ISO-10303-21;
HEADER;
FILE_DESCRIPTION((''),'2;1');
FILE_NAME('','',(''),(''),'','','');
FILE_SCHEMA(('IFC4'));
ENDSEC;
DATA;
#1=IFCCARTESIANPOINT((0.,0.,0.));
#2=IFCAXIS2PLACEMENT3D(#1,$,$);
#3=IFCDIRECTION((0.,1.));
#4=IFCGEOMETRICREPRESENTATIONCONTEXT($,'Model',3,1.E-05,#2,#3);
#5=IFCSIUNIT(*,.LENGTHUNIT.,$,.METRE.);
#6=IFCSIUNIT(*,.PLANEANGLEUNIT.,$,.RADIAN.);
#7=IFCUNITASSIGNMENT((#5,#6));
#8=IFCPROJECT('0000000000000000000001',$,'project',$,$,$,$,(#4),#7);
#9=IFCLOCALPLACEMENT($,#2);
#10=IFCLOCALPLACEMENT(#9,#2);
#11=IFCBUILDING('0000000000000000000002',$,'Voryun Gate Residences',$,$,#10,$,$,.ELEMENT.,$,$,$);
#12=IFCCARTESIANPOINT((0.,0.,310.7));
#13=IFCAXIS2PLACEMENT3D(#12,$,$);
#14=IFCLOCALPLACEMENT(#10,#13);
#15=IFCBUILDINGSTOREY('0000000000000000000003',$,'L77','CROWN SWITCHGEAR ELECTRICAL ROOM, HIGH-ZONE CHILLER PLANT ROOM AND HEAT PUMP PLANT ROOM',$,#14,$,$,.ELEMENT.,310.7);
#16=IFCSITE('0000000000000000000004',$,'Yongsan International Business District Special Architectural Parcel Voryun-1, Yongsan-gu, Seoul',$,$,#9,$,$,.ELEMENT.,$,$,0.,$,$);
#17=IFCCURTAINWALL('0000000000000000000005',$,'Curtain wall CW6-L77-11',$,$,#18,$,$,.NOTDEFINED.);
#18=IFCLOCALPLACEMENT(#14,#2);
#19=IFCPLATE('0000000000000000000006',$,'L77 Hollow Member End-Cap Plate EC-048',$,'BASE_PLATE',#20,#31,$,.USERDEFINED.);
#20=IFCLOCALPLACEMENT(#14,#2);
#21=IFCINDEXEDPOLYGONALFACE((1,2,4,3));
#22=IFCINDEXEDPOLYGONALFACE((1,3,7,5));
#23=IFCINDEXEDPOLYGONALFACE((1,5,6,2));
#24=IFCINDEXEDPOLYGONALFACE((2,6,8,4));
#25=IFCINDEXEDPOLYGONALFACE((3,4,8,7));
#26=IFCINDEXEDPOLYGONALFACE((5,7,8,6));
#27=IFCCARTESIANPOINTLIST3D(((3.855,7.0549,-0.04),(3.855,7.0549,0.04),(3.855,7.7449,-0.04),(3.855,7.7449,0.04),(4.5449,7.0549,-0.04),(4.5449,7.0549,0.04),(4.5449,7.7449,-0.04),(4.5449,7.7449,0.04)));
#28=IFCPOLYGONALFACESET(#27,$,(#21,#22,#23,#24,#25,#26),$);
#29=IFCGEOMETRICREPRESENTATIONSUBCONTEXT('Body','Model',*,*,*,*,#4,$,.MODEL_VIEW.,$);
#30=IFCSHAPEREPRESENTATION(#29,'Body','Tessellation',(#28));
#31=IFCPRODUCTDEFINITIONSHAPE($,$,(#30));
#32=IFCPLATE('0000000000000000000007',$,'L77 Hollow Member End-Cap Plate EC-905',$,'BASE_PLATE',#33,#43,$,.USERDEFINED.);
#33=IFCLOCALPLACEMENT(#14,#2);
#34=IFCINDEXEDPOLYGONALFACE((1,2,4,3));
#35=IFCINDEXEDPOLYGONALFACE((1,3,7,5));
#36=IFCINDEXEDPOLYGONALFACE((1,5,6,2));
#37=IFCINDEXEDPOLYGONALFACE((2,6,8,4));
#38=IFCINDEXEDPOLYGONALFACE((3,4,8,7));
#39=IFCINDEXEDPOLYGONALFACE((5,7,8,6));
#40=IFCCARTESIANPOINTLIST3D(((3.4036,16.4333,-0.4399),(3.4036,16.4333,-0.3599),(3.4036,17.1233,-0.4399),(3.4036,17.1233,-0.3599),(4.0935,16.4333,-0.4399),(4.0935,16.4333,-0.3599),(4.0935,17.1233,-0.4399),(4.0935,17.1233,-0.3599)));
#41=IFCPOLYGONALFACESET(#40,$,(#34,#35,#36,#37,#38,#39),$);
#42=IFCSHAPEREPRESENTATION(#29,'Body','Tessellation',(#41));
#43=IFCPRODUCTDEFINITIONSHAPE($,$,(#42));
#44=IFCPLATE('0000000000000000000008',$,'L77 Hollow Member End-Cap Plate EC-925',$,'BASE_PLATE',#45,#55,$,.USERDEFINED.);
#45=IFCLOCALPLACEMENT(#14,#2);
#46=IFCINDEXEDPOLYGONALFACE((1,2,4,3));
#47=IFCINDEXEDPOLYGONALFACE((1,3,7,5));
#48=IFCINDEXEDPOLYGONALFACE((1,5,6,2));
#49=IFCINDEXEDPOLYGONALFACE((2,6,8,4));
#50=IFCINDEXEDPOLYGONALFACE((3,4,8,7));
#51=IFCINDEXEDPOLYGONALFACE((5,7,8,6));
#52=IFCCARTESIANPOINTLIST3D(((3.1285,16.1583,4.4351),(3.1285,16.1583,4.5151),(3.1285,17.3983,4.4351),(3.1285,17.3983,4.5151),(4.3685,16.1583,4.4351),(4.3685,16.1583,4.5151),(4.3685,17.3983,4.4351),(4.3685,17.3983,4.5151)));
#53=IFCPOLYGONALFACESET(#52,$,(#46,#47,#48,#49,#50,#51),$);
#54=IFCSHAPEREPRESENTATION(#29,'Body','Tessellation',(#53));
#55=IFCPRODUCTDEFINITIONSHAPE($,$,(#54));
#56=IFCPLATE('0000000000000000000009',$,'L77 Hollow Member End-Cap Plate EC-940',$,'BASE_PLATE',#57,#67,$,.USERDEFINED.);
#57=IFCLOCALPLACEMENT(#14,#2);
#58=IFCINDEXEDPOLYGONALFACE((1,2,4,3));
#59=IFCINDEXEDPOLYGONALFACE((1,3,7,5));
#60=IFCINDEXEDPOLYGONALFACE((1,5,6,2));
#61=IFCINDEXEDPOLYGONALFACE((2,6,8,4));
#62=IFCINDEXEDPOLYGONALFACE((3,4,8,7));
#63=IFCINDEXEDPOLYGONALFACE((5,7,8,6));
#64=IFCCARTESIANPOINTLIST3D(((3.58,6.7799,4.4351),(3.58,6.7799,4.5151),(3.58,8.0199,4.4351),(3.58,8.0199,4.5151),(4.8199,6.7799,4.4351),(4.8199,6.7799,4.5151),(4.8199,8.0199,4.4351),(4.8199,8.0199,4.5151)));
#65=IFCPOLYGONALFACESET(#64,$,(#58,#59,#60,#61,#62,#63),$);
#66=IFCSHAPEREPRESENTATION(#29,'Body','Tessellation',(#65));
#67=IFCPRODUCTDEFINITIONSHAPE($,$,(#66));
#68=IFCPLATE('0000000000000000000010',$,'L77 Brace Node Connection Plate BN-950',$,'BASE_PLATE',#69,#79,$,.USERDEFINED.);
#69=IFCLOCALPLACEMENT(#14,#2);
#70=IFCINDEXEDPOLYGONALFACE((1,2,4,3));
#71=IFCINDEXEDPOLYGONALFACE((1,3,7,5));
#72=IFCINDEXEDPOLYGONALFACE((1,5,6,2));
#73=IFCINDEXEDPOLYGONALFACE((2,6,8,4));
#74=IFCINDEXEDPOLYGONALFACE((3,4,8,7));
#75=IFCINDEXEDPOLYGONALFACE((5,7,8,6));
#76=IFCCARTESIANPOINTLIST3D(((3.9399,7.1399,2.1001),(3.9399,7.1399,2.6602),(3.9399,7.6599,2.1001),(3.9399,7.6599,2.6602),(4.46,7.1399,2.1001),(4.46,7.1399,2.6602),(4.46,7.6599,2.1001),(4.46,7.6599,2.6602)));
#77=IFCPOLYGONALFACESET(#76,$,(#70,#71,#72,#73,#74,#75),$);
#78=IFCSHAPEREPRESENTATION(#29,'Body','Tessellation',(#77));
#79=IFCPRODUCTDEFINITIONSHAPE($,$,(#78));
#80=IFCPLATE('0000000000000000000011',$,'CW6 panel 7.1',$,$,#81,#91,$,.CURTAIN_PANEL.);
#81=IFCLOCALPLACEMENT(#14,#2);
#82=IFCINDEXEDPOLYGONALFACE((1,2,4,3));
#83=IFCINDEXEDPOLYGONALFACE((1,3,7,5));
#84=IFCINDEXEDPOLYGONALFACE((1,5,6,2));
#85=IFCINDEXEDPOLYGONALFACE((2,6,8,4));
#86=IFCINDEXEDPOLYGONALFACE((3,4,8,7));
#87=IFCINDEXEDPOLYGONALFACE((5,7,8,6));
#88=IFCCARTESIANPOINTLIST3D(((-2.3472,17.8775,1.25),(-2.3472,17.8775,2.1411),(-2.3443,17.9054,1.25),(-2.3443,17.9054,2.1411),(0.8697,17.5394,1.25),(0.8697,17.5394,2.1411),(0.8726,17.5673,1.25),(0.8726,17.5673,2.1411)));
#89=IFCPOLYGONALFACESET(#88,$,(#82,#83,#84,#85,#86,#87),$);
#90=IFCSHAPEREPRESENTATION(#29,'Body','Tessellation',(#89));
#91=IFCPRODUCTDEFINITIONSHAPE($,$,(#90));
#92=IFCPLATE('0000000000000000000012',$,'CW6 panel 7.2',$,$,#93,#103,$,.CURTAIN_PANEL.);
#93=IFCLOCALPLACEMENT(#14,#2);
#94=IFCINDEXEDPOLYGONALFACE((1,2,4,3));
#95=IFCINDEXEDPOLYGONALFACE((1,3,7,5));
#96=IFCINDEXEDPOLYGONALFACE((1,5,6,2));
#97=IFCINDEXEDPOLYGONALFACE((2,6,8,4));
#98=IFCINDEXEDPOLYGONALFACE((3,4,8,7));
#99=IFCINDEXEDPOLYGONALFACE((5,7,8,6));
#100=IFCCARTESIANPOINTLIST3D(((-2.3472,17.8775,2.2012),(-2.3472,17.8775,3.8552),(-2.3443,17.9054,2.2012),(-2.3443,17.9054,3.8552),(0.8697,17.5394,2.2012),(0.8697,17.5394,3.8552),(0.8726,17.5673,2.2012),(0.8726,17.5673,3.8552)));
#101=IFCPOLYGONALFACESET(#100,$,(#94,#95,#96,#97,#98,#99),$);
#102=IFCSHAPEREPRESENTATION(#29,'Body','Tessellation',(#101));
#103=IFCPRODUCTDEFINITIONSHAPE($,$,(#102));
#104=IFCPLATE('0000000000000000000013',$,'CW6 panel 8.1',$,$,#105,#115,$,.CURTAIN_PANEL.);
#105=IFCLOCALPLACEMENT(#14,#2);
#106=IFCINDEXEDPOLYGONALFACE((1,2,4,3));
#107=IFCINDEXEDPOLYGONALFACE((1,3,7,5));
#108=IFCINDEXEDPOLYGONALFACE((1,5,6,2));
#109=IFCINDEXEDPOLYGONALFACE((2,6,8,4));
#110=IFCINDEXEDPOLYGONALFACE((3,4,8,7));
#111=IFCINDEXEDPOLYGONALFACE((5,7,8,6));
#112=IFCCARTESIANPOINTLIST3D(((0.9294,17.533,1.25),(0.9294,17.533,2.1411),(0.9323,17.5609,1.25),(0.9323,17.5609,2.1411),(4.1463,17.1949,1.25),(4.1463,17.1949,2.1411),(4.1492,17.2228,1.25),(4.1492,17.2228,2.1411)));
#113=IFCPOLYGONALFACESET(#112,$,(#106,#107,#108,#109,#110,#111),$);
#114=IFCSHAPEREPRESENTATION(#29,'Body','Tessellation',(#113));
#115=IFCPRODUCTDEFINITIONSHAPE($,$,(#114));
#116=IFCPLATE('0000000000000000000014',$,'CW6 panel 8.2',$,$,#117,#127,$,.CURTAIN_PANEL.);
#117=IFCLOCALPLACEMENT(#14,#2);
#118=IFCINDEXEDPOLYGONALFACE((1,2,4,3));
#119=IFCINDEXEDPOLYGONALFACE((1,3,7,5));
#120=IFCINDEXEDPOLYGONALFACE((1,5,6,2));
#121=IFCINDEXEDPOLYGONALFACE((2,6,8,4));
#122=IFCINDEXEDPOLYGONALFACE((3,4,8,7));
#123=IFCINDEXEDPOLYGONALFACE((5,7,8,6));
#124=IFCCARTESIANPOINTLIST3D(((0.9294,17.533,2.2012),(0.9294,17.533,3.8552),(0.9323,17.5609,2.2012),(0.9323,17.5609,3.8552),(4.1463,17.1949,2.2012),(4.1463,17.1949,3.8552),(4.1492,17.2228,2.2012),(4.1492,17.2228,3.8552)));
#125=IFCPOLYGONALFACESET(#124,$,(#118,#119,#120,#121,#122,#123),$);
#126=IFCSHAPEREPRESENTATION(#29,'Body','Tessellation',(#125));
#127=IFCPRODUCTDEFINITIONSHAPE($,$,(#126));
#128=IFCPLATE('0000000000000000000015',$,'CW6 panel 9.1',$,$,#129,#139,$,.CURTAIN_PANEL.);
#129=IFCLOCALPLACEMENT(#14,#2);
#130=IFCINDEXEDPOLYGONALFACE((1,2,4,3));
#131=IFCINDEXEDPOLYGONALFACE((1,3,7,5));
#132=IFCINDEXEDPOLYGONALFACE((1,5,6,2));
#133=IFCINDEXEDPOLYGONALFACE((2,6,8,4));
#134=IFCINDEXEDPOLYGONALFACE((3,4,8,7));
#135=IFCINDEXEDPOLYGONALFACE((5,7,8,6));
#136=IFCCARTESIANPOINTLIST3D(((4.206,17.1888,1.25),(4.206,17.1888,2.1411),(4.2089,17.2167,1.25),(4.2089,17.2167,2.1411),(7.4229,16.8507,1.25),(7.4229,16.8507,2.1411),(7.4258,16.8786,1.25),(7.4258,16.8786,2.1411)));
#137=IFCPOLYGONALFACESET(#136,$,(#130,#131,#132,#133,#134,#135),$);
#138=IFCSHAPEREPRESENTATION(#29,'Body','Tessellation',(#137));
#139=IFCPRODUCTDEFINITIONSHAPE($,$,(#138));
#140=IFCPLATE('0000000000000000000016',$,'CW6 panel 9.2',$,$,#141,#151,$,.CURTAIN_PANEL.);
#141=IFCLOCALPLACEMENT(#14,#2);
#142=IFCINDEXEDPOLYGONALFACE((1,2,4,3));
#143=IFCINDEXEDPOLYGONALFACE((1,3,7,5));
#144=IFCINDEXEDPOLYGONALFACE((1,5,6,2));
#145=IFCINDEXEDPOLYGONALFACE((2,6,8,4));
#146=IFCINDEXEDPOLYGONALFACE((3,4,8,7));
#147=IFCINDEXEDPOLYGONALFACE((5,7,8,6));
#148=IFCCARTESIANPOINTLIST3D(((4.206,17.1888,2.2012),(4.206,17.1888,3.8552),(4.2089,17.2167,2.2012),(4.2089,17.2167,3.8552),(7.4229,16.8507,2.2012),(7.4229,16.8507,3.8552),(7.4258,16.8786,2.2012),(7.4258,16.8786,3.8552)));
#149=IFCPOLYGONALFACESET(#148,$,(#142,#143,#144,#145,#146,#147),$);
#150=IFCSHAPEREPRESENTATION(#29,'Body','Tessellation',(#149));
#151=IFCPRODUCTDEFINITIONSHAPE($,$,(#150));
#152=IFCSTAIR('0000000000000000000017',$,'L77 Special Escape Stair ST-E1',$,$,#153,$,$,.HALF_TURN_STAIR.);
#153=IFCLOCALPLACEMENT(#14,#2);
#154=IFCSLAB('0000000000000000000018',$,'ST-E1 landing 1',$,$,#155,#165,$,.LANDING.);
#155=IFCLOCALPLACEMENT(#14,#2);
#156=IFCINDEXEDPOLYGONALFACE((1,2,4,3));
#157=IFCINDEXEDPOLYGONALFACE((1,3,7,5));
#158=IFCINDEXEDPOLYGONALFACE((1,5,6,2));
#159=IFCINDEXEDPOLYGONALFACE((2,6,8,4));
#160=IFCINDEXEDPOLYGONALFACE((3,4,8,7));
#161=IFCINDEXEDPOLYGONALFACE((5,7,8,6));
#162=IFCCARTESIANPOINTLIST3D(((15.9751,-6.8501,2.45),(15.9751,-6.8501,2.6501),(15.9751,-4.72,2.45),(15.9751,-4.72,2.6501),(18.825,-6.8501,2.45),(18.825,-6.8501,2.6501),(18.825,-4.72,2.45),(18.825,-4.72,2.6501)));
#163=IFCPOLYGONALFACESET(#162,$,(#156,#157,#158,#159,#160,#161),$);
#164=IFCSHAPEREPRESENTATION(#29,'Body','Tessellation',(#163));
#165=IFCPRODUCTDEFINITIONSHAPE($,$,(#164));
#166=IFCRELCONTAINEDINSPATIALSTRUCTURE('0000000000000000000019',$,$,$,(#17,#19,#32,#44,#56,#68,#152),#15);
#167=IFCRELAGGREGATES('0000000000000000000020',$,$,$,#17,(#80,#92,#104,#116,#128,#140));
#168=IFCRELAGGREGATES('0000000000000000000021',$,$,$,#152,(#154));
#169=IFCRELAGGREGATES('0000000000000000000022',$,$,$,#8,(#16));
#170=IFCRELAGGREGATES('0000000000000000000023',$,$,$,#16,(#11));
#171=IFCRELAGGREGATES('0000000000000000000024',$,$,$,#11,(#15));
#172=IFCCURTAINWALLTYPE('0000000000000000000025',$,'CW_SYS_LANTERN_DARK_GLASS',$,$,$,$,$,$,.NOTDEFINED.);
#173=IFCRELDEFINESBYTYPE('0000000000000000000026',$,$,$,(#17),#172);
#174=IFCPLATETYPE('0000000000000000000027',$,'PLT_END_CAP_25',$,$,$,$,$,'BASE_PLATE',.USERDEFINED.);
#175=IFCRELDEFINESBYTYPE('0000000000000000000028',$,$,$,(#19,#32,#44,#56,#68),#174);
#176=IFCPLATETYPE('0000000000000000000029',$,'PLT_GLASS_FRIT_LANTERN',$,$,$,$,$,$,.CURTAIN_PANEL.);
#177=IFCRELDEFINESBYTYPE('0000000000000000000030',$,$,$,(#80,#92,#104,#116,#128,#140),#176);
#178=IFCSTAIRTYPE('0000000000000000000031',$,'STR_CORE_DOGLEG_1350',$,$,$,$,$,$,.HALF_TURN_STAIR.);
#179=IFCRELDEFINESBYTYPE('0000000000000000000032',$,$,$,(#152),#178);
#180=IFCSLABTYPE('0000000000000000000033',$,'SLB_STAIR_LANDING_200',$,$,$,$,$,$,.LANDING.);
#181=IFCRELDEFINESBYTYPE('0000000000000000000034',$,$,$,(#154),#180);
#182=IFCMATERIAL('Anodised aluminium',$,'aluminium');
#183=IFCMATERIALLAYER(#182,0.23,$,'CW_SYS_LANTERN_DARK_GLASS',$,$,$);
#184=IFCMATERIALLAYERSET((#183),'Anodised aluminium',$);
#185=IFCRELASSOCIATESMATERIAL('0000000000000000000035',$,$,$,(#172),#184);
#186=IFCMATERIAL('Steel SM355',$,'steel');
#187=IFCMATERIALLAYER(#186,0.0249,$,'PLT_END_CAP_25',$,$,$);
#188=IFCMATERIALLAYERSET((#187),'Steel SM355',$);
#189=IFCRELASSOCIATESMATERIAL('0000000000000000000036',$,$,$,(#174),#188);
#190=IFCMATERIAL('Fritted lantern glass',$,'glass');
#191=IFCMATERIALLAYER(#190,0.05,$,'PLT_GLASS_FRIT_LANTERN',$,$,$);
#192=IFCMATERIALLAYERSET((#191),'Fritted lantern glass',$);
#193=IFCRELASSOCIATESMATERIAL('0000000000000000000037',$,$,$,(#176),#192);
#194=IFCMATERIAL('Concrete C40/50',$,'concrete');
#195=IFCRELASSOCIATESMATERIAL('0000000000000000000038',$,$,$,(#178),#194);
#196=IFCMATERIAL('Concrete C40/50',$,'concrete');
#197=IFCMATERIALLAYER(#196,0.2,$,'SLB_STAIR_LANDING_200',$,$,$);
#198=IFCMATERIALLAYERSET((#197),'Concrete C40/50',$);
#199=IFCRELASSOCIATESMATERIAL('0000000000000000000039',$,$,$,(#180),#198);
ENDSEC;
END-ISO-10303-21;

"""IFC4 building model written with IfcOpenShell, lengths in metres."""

from ifc_helpers import new_model, si_unit, direction, frame, origin, origin_2d, place, context, subcontext, project, spatial, polyline, rectangle, outline, extrude, material, layer, layer_set, type_object, element, aggregate, save


model = new_model("IFC4")

# Units and contexts
model_context = context("Model", 3, precision=1e-05, world=origin(), true_north=direction((0.0, 1.0)))
body_context = subcontext(model_context, "Body", "Model", "MODEL_VIEW")
ifc_project = project(units=[si_unit("LENGTHUNIT", "METRE"), si_unit("PLANEANGLEUNIT", "RADIAN")], contexts=[model_context])

# Site, building, storey
site_placement = place(None, origin())
site = spatial("IfcSite", under=ifc_project, at=site_placement, Name="Yongsan International Business District Special Architectural Parcel Voryun-1, Yongsan-gu, Seoul", CompositionType="ELEMENT", RefElevation=0.0)
building_placement = place(site_placement, origin())
building = spatial("IfcBuilding", under=site, at=building_placement, Name="Voryun Gate Residences", CompositionType="ELEMENT")
storey_placement = place(building_placement, frame((0.0, 0.0, 310.7)))
storey = spatial("IfcBuildingStorey", under=building, at=storey_placement, Name="L77", Description="CROWN SWITCHGEAR ELECTRICAL ROOM, HIGH-ZONE CHILLER PLANT ROOM AND HEAT PUMP PLANT ROOM", CompositionType="ELEMENT", Elevation=310.7)

# Curtain wall
ifc_material_1 = material(Name="Anodised aluminium", Category="aluminium")
ifc_layer_1 = layer(ifc_material_1, 0.23, Name="CW_SYS_LANTERN_DARK_GLASS")
ifc_layer_set_1 = layer_set([ifc_layer_1], Name="Anodised aluminium")
curtain_wall_type = type_object("IfcCurtainWallType", Name="CW_SYS_LANTERN_DARK_GLASS", PredefinedType="NOTDEFINED", material=ifc_layer_set_1)
curtain_wall_placement = place(storey_placement, origin())
curtain_wall = element("IfcCurtainWall", 1, at=curtain_wall_placement, inside=storey, type_object=curtain_wall_type, Name="Curtain wall CW6-L77-11", PredefinedType="NOTDEFINED")

# Plates
ifc_material_2 = material(Name="Steel SM355", Category="steel")
ifc_layer_2 = layer(ifc_material_2, 0.0249, Name="PLT_END_CAP_25")
ifc_layer_set_2 = layer_set([ifc_layer_2], Name="Steel SM355")
plate_type_1 = type_object("IfcPlateType", Name="PLT_END_CAP_25", ElementType="BASE_PLATE", PredefinedType="USERDEFINED", material=ifc_layer_set_2)
for number, where, z_axis, x_axis, name in (
    (2, (4.2, 7.3999, -0.04), (0.0, 0.0, 1.0), (1.0, 0.0, 0.0), "L77 Hollow Member End-Cap Plate EC-048"),
    (3, (3.7485, 16.7783, -0.4399), (0.0, 0.0, 1.0), (1.0, 0.0, 0.0), "L77 Hollow Member End-Cap Plate EC-905"),
):
    element("IfcPlate", number, at=place(storey_placement, frame(where, z_axis=z_axis, x_axis=x_axis)), inside=storey, type_object=plate_type_1, Name=name, ObjectType="BASE_PLATE", PredefinedType="USERDEFINED", context=body_context, shape_type="SweptSolid", body=[
        extrude(rectangle(XDim=0.6899, YDim=0.6899, at=origin_2d()), origin(), (0.0, 0.0, 1.0), 0.0801),
    ])
for number, where, z_axis, x_axis, name in (
    (4, (3.7485, 16.7783, 4.4351), (0.0, 0.0, 1.0), (1.0, 0.0, 0.0), "L77 Hollow Member End-Cap Plate EC-925"),
    (5, (4.2, 7.3999, 4.4351), (0.0, 0.0, 1.0), (1.0, 0.0, 0.0), "L77 Hollow Member End-Cap Plate EC-940"),
):
    element("IfcPlate", number, at=place(storey_placement, frame(where, z_axis=z_axis, x_axis=x_axis)), inside=storey, type_object=plate_type_1, Name=name, ObjectType="BASE_PLATE", PredefinedType="USERDEFINED", context=body_context, shape_type="SweptSolid", body=[
        extrude(rectangle(XDim=1.24, YDim=1.24, at=origin_2d()), origin(), (0.0, 0.0, 1.0), 0.0801),
    ])
plate_1_placement = place(storey_placement, frame((4.2, 7.3999, 2.1001), z_axis=(0.0, 0.0, 1.0), x_axis=(1.0, 0.0, 0.0)))
element("IfcPlate", 6, at=plate_1_placement, inside=storey, type_object=plate_type_1, Name="L77 Brace Node Connection Plate BN-950", ObjectType="BASE_PLATE", PredefinedType="USERDEFINED", context=body_context, shape_type="SweptSolid", body=[
    extrude(rectangle(XDim=0.52, YDim=0.52, at=origin_2d()), origin(), (0.0, 0.0, 1.0), 0.5601),
])

# Plates
ifc_material_3 = material(Name="Fritted lantern glass", Category="glass")
ifc_layer_3 = layer(ifc_material_3, 0.05, Name="PLT_GLASS_FRIT_LANTERN")
ifc_layer_set_3 = layer_set([ifc_layer_3], Name="Fritted lantern glass")
plate_type_2 = type_object("IfcPlateType", Name="PLT_GLASS_FRIT_LANTERN", PredefinedType="CURTAIN_PANEL", material=ifc_layer_set_3)
plate_2_placement = place(storey_placement, frame((-0.7373, 17.7224, 1.25), z_axis=(0.0, 0.0, 1.0), x_axis=(0.994522, -0.104528, 0.0)))
plate_2 = element("IfcPlate", 7, at=plate_2_placement, type_object=plate_type_2, Name="CW6 panel 7.1", PredefinedType="CURTAIN_PANEL", context=body_context, shape_type="SweptSolid", body=[
    extrude(rectangle(XDim=3.2346, YDim=0.0281, at=origin_2d()), origin(), (0.0, 0.0, 1.0), 0.8911),
])
plate_3_placement = place(storey_placement, frame((-0.7373, 17.7224, 2.2012), z_axis=(0.0, 0.0, 1.0), x_axis=(0.994522, -0.104528, 0.0)))
plate_3 = element("IfcPlate", 8, at=plate_3_placement, type_object=plate_type_2, Name="CW6 panel 7.2", PredefinedType="CURTAIN_PANEL", context=body_context, shape_type="SweptSolid", body=[
    extrude(rectangle(XDim=3.2346, YDim=0.0281, at=origin_2d()), origin(), (0.0, 0.0, 1.0), 1.6541),
])
plate_4_placement = place(storey_placement, frame((2.5393, 17.3779, 1.25), z_axis=(0.0, 0.0, 1.0), x_axis=(0.994522, -0.104528, 0.0)))
plate_4 = element("IfcPlate", 9, at=plate_4_placement, type_object=plate_type_2, Name="CW6 panel 8.1", PredefinedType="CURTAIN_PANEL", context=body_context, shape_type="SweptSolid", body=[
    extrude(rectangle(XDim=3.2346, YDim=0.0281, at=origin_2d()), origin(), (0.0, 0.0, 1.0), 0.8911),
])
plate_5_placement = place(storey_placement, frame((2.5393, 17.3779, 2.2012), z_axis=(0.0, 0.0, 1.0), x_axis=(0.994522, -0.104528, 0.0)))
plate_5 = element("IfcPlate", 10, at=plate_5_placement, type_object=plate_type_2, Name="CW6 panel 8.2", PredefinedType="CURTAIN_PANEL", context=body_context, shape_type="SweptSolid", body=[
    extrude(rectangle(XDim=3.2346, YDim=0.0281, at=origin_2d()), origin(), (0.0, 0.0, 1.0), 1.6541),
])
plate_6_placement = place(storey_placement, frame((5.8159, 17.0337, 1.25), z_axis=(0.0, 0.0, 1.0), x_axis=(0.994522, -0.104528, 0.0)))
plate_6 = element("IfcPlate", 11, at=plate_6_placement, type_object=plate_type_2, Name="CW6 panel 9.1", PredefinedType="CURTAIN_PANEL", context=body_context, shape_type="SweptSolid", body=[
    extrude(rectangle(XDim=3.2346, YDim=0.0281, at=origin_2d()), origin(), (0.0, 0.0, 1.0), 0.8911),
])
plate_7_placement = place(storey_placement, frame((5.8159, 17.0337, 2.2012), z_axis=(0.0, 0.0, 1.0), x_axis=(0.994522, -0.104528, 0.0)))
plate_7 = element("IfcPlate", 12, at=plate_7_placement, type_object=plate_type_2, Name="CW6 panel 9.2", PredefinedType="CURTAIN_PANEL", context=body_context, shape_type="SweptSolid", body=[
    extrude(rectangle(XDim=3.2346, YDim=0.0281, at=origin_2d()), origin(), (0.0, 0.0, 1.0), 1.6541),
])
aggregate(curtain_wall, [plate_2, plate_3, plate_4, plate_5, plate_6, plate_7])

# Stair, slab
ifc_material_4 = material(Name="Concrete C40/50", Category="concrete")
stair_type = type_object("IfcStairType", Name="STR_CORE_DOGLEG_1350", PredefinedType="HALF_TURN_STAIR", material=ifc_material_4)
stair_placement = place(storey_placement, origin())
stair = element("IfcStair", 13, at=stair_placement, inside=storey, type_object=stair_type, Name="L77 Special Escape Stair ST-E1", PredefinedType="HALF_TURN_STAIR")
ifc_material_5 = material(Name="Concrete C40/50", Category="concrete")
ifc_layer_4 = layer(ifc_material_5, 0.2, Name="SLB_STAIR_LANDING_200")
ifc_layer_set_4 = layer_set([ifc_layer_4], Name="Concrete C40/50")
slab_type_1 = type_object("IfcSlabType", Name="SLB_STAIR_LANDING_200", PredefinedType="LANDING", material=ifc_layer_set_4)
slab_1_placement = place(storey_placement, frame((0.0, 0.0, 2.45)))
slab_1 = element("IfcSlab", 14, at=slab_1_placement, type_object=slab_type_1, Name="ST-E1 landing 1", PredefinedType="LANDING", context=body_context, shape_type="SweptSolid", body=[
    extrude(outline(polyline([(15.9751, -4.72), (15.9751, -6.8501), (18.825, -6.8501), (18.825, -4.72), (15.9751, -4.72)])), origin(), (0.0, 0.0, 1.0), 0.2002),
])
aggregate(stair, [slab_1])

save(model, "model.ifc")
